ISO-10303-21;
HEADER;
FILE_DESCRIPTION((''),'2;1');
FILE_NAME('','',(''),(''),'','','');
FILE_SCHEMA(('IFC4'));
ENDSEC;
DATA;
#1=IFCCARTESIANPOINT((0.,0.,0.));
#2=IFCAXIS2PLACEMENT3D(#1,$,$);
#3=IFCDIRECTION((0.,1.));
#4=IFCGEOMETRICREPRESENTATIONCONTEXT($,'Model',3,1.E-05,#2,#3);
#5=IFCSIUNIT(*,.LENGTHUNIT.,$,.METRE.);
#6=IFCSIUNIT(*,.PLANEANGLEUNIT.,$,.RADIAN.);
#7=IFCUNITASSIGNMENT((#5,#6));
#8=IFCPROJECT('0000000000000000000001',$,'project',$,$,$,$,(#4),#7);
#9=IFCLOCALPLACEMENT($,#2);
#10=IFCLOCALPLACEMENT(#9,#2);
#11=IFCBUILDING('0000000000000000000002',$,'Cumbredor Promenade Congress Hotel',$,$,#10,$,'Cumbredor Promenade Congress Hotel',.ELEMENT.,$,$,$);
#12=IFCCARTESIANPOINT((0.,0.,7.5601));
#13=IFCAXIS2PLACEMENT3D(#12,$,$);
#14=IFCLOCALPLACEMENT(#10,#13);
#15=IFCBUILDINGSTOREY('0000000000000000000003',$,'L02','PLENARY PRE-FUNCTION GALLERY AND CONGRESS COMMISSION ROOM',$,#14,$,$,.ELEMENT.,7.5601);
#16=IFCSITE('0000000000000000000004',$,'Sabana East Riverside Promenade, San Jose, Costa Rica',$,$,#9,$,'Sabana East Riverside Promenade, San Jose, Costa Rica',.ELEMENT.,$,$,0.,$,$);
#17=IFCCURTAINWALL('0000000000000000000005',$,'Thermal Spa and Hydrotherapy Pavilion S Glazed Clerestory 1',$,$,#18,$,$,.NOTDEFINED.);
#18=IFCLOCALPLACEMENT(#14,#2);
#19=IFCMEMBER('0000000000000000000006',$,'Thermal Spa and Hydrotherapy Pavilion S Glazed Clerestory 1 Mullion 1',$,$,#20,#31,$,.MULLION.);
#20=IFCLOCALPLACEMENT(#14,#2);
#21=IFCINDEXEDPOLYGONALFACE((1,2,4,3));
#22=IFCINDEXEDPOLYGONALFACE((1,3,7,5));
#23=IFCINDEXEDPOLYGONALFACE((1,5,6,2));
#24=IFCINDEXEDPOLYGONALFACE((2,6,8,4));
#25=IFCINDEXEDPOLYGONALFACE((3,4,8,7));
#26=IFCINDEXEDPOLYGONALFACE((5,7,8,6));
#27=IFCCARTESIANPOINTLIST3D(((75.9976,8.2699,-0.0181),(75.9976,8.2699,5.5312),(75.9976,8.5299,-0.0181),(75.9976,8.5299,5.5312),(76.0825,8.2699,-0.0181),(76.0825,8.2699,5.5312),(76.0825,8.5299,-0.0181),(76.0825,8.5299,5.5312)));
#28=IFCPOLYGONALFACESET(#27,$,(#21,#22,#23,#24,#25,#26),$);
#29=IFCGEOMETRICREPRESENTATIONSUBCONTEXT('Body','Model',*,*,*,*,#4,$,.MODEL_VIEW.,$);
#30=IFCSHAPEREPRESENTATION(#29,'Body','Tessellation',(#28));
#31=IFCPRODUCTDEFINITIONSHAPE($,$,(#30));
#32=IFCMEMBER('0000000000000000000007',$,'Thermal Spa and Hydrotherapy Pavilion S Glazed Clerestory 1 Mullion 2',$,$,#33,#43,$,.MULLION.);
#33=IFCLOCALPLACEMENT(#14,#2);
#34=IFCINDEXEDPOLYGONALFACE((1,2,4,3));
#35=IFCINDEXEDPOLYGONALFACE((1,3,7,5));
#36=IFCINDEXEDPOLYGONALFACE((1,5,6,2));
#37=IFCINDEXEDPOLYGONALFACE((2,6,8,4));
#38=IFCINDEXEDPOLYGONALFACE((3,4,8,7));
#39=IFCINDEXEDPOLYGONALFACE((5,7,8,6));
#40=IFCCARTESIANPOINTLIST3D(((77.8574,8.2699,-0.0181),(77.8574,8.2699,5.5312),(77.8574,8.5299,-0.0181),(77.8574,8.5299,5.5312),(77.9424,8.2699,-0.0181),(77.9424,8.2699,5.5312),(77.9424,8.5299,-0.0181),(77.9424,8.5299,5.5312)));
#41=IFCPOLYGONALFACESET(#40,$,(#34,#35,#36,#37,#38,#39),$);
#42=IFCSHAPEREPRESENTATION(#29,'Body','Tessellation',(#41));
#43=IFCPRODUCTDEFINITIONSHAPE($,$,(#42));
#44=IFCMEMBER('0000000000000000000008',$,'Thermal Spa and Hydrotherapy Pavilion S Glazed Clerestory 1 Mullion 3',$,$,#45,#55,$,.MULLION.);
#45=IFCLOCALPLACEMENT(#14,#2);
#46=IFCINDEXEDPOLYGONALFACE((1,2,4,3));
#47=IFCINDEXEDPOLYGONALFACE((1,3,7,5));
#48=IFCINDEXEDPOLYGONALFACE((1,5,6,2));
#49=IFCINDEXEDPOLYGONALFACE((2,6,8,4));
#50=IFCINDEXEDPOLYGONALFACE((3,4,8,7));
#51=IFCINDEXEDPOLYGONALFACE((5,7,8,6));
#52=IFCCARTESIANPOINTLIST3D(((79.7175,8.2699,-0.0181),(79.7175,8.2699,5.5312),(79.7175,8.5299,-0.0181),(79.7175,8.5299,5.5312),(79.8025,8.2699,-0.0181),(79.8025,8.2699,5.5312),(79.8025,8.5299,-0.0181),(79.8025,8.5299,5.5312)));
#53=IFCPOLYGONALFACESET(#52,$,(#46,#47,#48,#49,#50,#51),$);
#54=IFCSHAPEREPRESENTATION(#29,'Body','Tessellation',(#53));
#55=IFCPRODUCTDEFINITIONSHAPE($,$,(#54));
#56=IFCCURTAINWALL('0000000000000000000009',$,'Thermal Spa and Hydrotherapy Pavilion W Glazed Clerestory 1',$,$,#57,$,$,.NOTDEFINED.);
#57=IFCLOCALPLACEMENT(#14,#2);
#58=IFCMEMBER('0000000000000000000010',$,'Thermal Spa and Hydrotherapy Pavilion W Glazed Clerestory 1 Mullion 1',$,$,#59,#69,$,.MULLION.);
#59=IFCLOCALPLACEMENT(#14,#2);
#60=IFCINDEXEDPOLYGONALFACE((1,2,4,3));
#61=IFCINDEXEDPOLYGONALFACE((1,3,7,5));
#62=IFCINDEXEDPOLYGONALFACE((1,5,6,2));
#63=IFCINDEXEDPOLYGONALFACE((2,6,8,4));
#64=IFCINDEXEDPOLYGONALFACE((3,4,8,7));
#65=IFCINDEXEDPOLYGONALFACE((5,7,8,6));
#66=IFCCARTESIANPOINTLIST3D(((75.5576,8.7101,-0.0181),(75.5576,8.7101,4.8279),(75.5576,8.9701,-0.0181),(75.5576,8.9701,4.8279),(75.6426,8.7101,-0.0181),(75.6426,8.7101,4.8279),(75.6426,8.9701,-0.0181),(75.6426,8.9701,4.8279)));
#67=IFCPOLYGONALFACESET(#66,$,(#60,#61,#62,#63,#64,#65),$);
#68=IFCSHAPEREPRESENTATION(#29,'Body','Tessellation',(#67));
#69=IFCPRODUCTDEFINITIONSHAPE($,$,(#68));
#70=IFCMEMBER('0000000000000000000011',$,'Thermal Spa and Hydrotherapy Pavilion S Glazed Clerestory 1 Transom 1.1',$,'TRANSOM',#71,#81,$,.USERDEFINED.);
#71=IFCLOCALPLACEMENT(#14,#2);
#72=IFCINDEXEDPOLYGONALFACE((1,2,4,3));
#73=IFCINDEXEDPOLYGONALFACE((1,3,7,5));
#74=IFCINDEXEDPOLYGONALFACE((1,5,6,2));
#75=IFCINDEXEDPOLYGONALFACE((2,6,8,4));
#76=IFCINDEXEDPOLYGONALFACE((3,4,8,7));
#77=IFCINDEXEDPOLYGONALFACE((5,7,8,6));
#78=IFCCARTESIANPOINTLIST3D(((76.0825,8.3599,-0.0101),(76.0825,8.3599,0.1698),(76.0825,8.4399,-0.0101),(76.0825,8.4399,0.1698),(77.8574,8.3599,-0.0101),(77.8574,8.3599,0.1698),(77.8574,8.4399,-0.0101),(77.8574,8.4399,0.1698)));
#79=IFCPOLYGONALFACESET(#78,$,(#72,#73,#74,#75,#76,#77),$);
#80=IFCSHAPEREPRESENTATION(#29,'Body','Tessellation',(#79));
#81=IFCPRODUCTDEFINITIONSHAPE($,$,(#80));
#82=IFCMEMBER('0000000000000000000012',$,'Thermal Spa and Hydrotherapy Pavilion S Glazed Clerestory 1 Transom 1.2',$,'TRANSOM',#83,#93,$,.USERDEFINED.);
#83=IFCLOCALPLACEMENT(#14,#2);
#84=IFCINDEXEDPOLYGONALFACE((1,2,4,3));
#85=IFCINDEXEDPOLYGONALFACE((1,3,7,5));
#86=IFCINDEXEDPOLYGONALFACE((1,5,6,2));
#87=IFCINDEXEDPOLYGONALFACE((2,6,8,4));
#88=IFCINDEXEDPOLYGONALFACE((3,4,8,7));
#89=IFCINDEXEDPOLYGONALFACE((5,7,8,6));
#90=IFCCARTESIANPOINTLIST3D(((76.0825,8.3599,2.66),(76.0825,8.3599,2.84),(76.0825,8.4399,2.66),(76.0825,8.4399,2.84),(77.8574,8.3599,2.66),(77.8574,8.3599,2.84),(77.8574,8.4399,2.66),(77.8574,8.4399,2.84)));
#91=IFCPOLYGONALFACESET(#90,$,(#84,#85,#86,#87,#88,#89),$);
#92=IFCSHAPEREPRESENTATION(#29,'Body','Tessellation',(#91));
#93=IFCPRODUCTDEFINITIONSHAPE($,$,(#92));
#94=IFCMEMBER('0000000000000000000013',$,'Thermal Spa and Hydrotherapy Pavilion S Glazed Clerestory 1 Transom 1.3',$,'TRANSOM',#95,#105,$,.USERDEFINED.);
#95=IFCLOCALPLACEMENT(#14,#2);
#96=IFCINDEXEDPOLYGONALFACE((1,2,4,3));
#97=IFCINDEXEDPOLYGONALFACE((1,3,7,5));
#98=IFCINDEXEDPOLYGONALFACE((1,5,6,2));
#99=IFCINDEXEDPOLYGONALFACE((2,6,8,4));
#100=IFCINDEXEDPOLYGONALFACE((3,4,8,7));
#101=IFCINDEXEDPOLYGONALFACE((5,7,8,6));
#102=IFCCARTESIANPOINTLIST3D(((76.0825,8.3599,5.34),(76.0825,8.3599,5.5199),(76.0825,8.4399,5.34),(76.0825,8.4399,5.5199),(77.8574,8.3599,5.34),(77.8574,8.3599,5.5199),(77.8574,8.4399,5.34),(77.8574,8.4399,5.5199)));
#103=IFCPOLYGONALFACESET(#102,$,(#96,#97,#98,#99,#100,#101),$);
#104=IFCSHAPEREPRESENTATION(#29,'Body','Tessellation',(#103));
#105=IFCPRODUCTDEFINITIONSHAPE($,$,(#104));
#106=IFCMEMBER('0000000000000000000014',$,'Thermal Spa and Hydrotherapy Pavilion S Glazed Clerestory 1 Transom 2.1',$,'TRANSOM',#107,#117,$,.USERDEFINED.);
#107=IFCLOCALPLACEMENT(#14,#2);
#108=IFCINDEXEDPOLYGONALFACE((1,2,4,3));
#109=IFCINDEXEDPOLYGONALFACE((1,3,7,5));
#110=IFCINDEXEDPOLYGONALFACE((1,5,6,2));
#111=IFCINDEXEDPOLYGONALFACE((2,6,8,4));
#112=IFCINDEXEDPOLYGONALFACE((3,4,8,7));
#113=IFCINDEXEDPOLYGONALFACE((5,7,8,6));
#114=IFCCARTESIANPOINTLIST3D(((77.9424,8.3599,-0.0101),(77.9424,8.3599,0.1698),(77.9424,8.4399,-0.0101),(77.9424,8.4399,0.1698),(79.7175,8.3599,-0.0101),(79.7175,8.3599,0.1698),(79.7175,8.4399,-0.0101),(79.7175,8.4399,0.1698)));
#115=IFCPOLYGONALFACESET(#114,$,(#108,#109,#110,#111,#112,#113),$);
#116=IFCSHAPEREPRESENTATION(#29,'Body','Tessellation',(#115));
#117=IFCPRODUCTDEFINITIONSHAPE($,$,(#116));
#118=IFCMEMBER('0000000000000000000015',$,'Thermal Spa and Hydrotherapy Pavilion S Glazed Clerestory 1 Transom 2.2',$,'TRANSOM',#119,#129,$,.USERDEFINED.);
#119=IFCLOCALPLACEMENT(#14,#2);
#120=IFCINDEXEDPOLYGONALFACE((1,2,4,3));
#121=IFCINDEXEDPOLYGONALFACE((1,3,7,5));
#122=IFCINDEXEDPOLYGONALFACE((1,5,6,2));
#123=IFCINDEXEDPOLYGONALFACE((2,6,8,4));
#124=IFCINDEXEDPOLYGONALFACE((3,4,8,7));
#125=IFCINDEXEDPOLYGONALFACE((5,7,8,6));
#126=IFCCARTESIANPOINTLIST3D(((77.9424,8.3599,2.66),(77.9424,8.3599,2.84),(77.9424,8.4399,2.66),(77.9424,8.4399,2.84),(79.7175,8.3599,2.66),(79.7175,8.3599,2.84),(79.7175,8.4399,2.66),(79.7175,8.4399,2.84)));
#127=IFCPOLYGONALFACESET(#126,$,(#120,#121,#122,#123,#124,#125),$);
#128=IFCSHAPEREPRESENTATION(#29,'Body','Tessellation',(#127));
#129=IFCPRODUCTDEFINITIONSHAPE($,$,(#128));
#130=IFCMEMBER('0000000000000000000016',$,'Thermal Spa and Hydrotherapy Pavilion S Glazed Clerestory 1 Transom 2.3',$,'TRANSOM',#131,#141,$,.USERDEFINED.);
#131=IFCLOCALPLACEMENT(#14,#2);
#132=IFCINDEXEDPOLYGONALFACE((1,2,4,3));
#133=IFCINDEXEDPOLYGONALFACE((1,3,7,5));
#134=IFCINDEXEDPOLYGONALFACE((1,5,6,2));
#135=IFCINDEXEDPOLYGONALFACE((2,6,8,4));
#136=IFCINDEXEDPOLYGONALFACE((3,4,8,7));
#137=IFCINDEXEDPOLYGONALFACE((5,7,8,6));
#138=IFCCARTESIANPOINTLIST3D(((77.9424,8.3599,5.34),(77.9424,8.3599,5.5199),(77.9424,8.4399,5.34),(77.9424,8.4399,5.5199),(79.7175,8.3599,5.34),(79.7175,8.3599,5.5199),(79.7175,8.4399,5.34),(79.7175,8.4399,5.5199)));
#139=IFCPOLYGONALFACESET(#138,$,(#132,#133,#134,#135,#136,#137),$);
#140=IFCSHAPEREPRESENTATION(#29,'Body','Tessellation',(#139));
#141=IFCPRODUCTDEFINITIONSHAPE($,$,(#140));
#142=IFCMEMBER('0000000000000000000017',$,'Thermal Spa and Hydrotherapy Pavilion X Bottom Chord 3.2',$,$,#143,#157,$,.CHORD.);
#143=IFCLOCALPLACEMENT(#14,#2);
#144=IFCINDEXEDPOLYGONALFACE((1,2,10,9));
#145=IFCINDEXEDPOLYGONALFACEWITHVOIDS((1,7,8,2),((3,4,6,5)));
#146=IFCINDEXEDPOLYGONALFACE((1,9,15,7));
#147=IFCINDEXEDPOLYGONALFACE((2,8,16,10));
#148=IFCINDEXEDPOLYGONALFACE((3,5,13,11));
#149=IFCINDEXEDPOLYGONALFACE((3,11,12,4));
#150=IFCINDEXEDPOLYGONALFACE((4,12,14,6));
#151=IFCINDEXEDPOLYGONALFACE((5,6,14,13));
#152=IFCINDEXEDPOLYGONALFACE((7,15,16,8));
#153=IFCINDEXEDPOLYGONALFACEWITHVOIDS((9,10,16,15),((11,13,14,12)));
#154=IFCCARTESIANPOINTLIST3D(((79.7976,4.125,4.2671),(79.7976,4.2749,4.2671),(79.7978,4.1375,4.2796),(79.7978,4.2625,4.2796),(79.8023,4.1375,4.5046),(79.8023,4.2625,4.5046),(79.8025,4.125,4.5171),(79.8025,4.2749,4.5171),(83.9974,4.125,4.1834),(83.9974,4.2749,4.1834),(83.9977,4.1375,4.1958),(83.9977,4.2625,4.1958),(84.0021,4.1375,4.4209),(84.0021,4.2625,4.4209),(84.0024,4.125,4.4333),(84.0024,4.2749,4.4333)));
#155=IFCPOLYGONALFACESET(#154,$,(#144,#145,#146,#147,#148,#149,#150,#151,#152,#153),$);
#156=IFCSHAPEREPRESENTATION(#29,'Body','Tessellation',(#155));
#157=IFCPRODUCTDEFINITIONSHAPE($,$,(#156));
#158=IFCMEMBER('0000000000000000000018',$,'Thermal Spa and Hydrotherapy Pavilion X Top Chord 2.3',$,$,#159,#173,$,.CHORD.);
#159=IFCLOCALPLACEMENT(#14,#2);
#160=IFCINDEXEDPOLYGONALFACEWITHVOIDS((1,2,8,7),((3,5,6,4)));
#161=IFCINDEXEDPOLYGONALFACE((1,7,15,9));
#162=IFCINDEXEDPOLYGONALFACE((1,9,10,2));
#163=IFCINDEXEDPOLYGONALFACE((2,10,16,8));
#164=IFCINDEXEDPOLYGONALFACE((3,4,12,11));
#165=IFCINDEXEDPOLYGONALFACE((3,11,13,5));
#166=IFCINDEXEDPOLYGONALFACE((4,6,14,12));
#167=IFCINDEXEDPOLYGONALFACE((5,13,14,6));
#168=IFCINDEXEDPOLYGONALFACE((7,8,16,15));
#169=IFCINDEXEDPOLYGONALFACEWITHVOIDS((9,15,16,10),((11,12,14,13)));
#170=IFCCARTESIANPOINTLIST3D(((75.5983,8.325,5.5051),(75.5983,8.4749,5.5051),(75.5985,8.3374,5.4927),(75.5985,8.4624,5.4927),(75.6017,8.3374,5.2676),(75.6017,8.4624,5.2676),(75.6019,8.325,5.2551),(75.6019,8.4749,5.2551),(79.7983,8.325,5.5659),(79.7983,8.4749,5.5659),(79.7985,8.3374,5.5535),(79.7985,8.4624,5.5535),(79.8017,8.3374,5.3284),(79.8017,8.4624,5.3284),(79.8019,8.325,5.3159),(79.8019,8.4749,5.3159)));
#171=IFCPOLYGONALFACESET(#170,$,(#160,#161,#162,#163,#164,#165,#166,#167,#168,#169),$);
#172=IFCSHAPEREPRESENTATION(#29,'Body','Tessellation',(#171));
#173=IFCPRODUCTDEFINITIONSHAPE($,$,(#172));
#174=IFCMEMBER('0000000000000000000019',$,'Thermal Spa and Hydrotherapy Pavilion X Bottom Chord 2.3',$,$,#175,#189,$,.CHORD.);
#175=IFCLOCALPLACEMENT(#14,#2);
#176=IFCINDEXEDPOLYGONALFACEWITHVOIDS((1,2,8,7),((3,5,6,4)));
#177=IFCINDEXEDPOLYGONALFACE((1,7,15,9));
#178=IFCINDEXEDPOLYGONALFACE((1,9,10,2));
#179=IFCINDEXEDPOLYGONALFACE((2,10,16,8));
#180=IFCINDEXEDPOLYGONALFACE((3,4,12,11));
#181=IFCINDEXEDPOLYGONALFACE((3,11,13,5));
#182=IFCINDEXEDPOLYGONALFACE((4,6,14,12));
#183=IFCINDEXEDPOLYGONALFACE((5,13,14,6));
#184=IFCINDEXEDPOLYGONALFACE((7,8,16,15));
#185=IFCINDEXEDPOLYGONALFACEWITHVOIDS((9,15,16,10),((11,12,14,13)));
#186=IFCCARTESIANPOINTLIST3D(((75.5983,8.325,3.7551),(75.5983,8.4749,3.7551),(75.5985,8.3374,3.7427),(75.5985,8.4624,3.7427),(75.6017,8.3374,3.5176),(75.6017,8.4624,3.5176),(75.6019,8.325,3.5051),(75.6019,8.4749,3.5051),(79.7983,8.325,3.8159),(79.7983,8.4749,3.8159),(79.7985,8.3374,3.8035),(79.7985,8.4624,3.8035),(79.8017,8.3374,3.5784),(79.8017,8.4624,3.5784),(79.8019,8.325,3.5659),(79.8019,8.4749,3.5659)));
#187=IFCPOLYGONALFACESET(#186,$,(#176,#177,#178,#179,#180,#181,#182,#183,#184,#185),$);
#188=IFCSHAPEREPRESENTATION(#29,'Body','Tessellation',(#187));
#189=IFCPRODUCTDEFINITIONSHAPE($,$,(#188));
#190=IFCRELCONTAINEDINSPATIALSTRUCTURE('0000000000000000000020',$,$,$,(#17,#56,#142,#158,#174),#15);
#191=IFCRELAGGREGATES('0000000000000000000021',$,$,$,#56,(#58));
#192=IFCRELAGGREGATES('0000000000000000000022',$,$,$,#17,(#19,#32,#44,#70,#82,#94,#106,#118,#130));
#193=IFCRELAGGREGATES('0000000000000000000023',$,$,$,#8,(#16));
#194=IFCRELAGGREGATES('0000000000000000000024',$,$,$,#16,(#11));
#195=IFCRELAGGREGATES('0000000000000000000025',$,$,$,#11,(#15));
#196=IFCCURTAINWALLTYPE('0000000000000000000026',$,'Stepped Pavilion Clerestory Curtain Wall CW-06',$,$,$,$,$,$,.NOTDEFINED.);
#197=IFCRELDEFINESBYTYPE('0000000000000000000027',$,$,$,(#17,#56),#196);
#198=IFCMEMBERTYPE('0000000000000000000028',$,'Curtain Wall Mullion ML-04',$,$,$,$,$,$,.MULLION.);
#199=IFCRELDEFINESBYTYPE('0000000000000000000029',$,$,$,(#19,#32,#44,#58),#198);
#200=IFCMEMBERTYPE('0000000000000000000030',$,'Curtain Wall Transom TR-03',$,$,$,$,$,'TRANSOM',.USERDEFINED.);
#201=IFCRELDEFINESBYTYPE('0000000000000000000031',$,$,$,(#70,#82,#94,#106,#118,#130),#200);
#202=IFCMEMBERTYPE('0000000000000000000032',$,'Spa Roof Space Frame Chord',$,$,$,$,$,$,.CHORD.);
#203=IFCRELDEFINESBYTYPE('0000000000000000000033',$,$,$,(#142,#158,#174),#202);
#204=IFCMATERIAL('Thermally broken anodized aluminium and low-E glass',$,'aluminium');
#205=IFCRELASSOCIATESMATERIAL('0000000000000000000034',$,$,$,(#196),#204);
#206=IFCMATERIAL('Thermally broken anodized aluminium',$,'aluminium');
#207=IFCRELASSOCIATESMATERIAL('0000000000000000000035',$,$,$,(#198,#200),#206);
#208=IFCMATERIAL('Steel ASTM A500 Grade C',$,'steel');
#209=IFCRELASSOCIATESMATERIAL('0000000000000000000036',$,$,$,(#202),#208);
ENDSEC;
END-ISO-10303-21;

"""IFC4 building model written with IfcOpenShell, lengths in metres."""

from ifc_helpers import new_model, si_unit, direction, frame, origin, origin_2d, place, context, subcontext, project, spatial, rectangle, hollow_rectangle, extrude, material, material_profile, profile_set, type_object, element, aggregate, save


model = new_model("IFC4")

# Units and contexts
model_context = context("Model", 3, precision=1e-05, world=origin(), true_north=direction((0.0, 1.0)))
body_context = subcontext(model_context, "Body", "Model", "MODEL_VIEW")
ifc_project = project(units=[si_unit("LENGTHUNIT", "METRE"), si_unit("PLANEANGLEUNIT", "RADIAN")], contexts=[model_context])

# Site, building, storey
site_placement = place(None, origin())
site = spatial("IfcSite", under=ifc_project, at=site_placement, Name="Sabana East Riverside Promenade, San Jose, Costa Rica", LongName="Sabana East Riverside Promenade, San Jose, Costa Rica", CompositionType="ELEMENT", RefElevation=0.0)
building_placement = place(site_placement, origin())
building = spatial("IfcBuilding", under=site, at=building_placement, Name="Cumbredor Promenade Congress Hotel", LongName="Cumbredor Promenade Congress Hotel", CompositionType="ELEMENT")
storey_placement = place(building_placement, frame((0.0, 0.0, 7.5601)))
storey = spatial("IfcBuildingStorey", under=building, at=storey_placement, Name="L02", Description="PLENARY PRE-FUNCTION GALLERY AND CONGRESS COMMISSION ROOM", CompositionType="ELEMENT", Elevation=7.5601)

# Curtain wall, members
ifc_material_1 = material(Name="Thermally broken anodized aluminium and low-E glass", Category="aluminium")
curtain_wall_type = type_object("IfcCurtainWallType", Name="Stepped Pavilion Clerestory Curtain Wall CW-06", PredefinedType="NOTDEFINED", material=ifc_material_1)
curtain_wall_1_placement = place(storey_placement, origin())
curtain_wall_1 = element("IfcCurtainWall", 1, at=curtain_wall_1_placement, inside=storey, type_object=curtain_wall_type, Name="Thermal Spa and Hydrotherapy Pavilion S Glazed Clerestory 1", PredefinedType="NOTDEFINED")
ifc_material_2 = material(Name="Thermally broken anodized aluminium", Category="aluminium")
ifc_material_profile_1 = material_profile(ifc_material_2, rectangle(XDim=0.085, YDim=0.26, at=origin_2d()), Name="ALU MULLION CLERESTORY 85x260")
ifc_profile_set_1 = profile_set([ifc_material_profile_1], Name="Thermally broken anodized aluminium")
member_type_1 = type_object("IfcMemberType", Name="Curtain Wall Mullion ML-04", PredefinedType="MULLION", material=ifc_profile_set_1)
member_1_placement = place(storey_placement, frame((76.04, 8.3999, -0.0181), z_axis=(0.0, 0.0, 1.0), x_axis=(1.0, 0.0, 0.0)))
member_1 = element("IfcMember", 2, at=member_1_placement, type_object=member_type_1, Name="Thermal Spa and Hydrotherapy Pavilion S Glazed Clerestory 1 Mullion 1", PredefinedType="MULLION", context=body_context, shape_type="SweptSolid", body=[
    extrude(rectangle(XDim=0.085, YDim=0.26, at=origin_2d()), origin(), (0.0, 0.0, 1.0), 5.5493),
])
member_2_placement = place(storey_placement, frame((77.8999, 8.3999, -0.0181), z_axis=(0.0, 0.0, 1.0), x_axis=(1.0, 0.0, 0.0)))
member_2 = element("IfcMember", 3, at=member_2_placement, type_object=member_type_1, Name="Thermal Spa and Hydrotherapy Pavilion S Glazed Clerestory 1 Mullion 2", PredefinedType="MULLION", context=body_context, shape_type="SweptSolid", body=[
    extrude(rectangle(XDim=0.085, YDim=0.26, at=origin_2d()), origin(), (0.0, 0.0, 1.0), 5.5493),
])
member_3_placement = place(storey_placement, frame((79.76, 8.3999, -0.0181), z_axis=(0.0, 0.0, 1.0), x_axis=(1.0, 0.0, 0.0)))
member_3 = element("IfcMember", 4, at=member_3_placement, type_object=member_type_1, Name="Thermal Spa and Hydrotherapy Pavilion S Glazed Clerestory 1 Mullion 3", PredefinedType="MULLION", context=body_context, shape_type="SweptSolid", body=[
    extrude(rectangle(XDim=0.085, YDim=0.26, at=origin_2d()), origin(), (0.0, 0.0, 1.0), 5.5493),
])

# Curtain wall, member
curtain_wall_2_placement = place(storey_placement, origin())
curtain_wall_2 = element("IfcCurtainWall", 5, at=curtain_wall_2_placement, inside=storey, type_object=curtain_wall_type, Name="Thermal Spa and Hydrotherapy Pavilion W Glazed Clerestory 1", PredefinedType="NOTDEFINED")
member_4_placement = place(storey_placement, frame((75.6001, 8.8401, -0.0181), z_axis=(0.0, 0.0, 1.0), x_axis=(1.0, 0.0, 0.0)))
member_4 = element("IfcMember", 6, at=member_4_placement, type_object=member_type_1, Name="Thermal Spa and Hydrotherapy Pavilion W Glazed Clerestory 1 Mullion 1", PredefinedType="MULLION", context=body_context, shape_type="SweptSolid", body=[
    extrude(rectangle(XDim=0.085, YDim=0.26, at=origin_2d()), origin(), (0.0, 0.0, 1.0), 4.8459),
])
aggregate(curtain_wall_2, [member_4])

# Members
ifc_material_profile_2 = material_profile(ifc_material_2, rectangle(XDim=0.0801, YDim=0.1799, at=origin_2d()), Name="ALU TRANSOM 80x180")
ifc_profile_set_2 = profile_set([ifc_material_profile_2], Name="Thermally broken anodized aluminium")
member_type_2 = type_object("IfcMemberType", Name="Curtain Wall Transom TR-03", ElementType="TRANSOM", PredefinedType="USERDEFINED", material=ifc_profile_set_2)
member_5_placement = place(storey_placement, frame((76.0825, 8.3999, 0.0798), z_axis=(1.0, 0.0, 0.0), x_axis=(0.0, 1.0, 0.0)))
member_5 = element("IfcMember", 7, at=member_5_placement, type_object=member_type_2, Name="Thermal Spa and Hydrotherapy Pavilion S Glazed Clerestory 1 Transom 1.1", ObjectType="TRANSOM", PredefinedType="USERDEFINED", context=body_context, shape_type="SweptSolid", body=[
    extrude(rectangle(XDim=0.0801, YDim=0.1799, at=origin_2d()), origin(), (0.0, 0.0, 1.0), 1.7749),
])
member_6_placement = place(storey_placement, frame((76.0825, 8.3999, 2.75), z_axis=(1.0, 0.0, 0.0), x_axis=(0.0, 1.0, 0.0)))
member_6 = element("IfcMember", 8, at=member_6_placement, type_object=member_type_2, Name="Thermal Spa and Hydrotherapy Pavilion S Glazed Clerestory 1 Transom 1.2", ObjectType="TRANSOM", PredefinedType="USERDEFINED", context=body_context, shape_type="SweptSolid", body=[
    extrude(rectangle(XDim=0.0801, YDim=0.1799, at=origin_2d()), origin(), (0.0, 0.0, 1.0), 1.7749),
])
member_7_placement = place(storey_placement, frame((76.0825, 8.3999, 5.4299), z_axis=(1.0, 0.0, 0.0), x_axis=(0.0, 1.0, 0.0)))
member_7 = element("IfcMember", 9, at=member_7_placement, type_object=member_type_2, Name="Thermal Spa and Hydrotherapy Pavilion S Glazed Clerestory 1 Transom 1.3", ObjectType="TRANSOM", PredefinedType="USERDEFINED", context=body_context, shape_type="SweptSolid", body=[
    extrude(rectangle(XDim=0.0801, YDim=0.1799, at=origin_2d()), origin(), (0.0, 0.0, 1.0), 1.7749),
])
member_8_placement = place(storey_placement, frame((77.9424, 8.3999, 0.0798), z_axis=(1.0, 0.0, 0.0), x_axis=(0.0, 1.0, 0.0)))
member_8 = element("IfcMember", 10, at=member_8_placement, type_object=member_type_2, Name="Thermal Spa and Hydrotherapy Pavilion S Glazed Clerestory 1 Transom 2.1", ObjectType="TRANSOM", PredefinedType="USERDEFINED", context=body_context, shape_type="SweptSolid", body=[
    extrude(rectangle(XDim=0.0801, YDim=0.1799, at=origin_2d()), origin(), (0.0, 0.0, 1.0), 1.7751),
])
member_9_placement = place(storey_placement, frame((77.9424, 8.3999, 2.75), z_axis=(1.0, 0.0, 0.0), x_axis=(0.0, 1.0, 0.0)))
member_9 = element("IfcMember", 11, at=member_9_placement, type_object=member_type_2, Name="Thermal Spa and Hydrotherapy Pavilion S Glazed Clerestory 1 Transom 2.2", ObjectType="TRANSOM", PredefinedType="USERDEFINED", context=body_context, shape_type="SweptSolid", body=[
    extrude(rectangle(XDim=0.0801, YDim=0.1799, at=origin_2d()), origin(), (0.0, 0.0, 1.0), 1.7751),
])
member_10_placement = place(storey_placement, frame((77.9424, 8.3999, 5.4299), z_axis=(1.0, 0.0, 0.0), x_axis=(0.0, 1.0, 0.0)))
member_10 = element("IfcMember", 12, at=member_10_placement, type_object=member_type_2, Name="Thermal Spa and Hydrotherapy Pavilion S Glazed Clerestory 1 Transom 2.3", ObjectType="TRANSOM", PredefinedType="USERDEFINED", context=body_context, shape_type="SweptSolid", body=[
    extrude(rectangle(XDim=0.0801, YDim=0.1799, at=origin_2d()), origin(), (0.0, 0.0, 1.0), 1.7751),
])

# Members
ifc_material_3 = material(Name="Steel ASTM A500 Grade C", Category="steel")
ifc_material_profile_3 = material_profile(ifc_material_3, hollow_rectangle(XDim=0.1499, YDim=0.25, WallThickness=0.0125, at=origin_2d()), Name="HSS 250x150x12.5")
ifc_profile_set_3 = profile_set([ifc_material_profile_3], Name="Steel ASTM A500 Grade C")
member_type_3 = type_object("IfcMemberType", Name="Spa Roof Space Frame Chord", PredefinedType="CHORD", material=ifc_profile_set_3)
member_11_placement = place(storey_placement, frame((79.8, 4.2, 4.3921), z_axis=(0.999801, 0.0, -0.019934), x_axis=(0.0, 1.0, 0.0)))
element("IfcMember", 13, at=member_11_placement, inside=storey, type_object=member_type_3, Name="Thermal Spa and Hydrotherapy Pavilion X Bottom Chord 3.2", PredefinedType="CHORD", context=body_context, shape_type="SweptSolid", body=[
    extrude(hollow_rectangle(XDim=0.1499, YDim=0.25, WallThickness=0.0125, at=origin_2d()), origin(), (0.0, 0.0, 1.0), 4.2007),
])
for number, where, z_axis, x_axis, name in (
    (14, (75.6001, 8.3999, 5.3801), (0.999895, 0.0, 0.014473), (0.0, 1.0, 0.0), "Thermal Spa and Hydrotherapy Pavilion X Top Chord 2.3"),
    (15, (75.6001, 8.3999, 3.6301), (0.999895, 0.0, 0.014473), (0.0, 1.0, 0.0), "Thermal Spa and Hydrotherapy Pavilion X Bottom Chord 2.3"),
):
    element("IfcMember", number, at=place(storey_placement, frame(where, z_axis=z_axis, x_axis=x_axis)), inside=storey, type_object=member_type_3, Name=name, PredefinedType="CHORD", context=body_context, shape_type="SweptSolid", body=[
        extrude(hollow_rectangle(XDim=0.1499, YDim=0.25, WallThickness=0.0125, at=origin_2d()), origin(), (0.0, 0.0, 1.0), 4.2004),
    ])

aggregate(curtain_wall_1, [member_1, member_2, member_3, member_5, member_6, member_7, member_8, member_9, member_10])

save(model, "model.ifc")
